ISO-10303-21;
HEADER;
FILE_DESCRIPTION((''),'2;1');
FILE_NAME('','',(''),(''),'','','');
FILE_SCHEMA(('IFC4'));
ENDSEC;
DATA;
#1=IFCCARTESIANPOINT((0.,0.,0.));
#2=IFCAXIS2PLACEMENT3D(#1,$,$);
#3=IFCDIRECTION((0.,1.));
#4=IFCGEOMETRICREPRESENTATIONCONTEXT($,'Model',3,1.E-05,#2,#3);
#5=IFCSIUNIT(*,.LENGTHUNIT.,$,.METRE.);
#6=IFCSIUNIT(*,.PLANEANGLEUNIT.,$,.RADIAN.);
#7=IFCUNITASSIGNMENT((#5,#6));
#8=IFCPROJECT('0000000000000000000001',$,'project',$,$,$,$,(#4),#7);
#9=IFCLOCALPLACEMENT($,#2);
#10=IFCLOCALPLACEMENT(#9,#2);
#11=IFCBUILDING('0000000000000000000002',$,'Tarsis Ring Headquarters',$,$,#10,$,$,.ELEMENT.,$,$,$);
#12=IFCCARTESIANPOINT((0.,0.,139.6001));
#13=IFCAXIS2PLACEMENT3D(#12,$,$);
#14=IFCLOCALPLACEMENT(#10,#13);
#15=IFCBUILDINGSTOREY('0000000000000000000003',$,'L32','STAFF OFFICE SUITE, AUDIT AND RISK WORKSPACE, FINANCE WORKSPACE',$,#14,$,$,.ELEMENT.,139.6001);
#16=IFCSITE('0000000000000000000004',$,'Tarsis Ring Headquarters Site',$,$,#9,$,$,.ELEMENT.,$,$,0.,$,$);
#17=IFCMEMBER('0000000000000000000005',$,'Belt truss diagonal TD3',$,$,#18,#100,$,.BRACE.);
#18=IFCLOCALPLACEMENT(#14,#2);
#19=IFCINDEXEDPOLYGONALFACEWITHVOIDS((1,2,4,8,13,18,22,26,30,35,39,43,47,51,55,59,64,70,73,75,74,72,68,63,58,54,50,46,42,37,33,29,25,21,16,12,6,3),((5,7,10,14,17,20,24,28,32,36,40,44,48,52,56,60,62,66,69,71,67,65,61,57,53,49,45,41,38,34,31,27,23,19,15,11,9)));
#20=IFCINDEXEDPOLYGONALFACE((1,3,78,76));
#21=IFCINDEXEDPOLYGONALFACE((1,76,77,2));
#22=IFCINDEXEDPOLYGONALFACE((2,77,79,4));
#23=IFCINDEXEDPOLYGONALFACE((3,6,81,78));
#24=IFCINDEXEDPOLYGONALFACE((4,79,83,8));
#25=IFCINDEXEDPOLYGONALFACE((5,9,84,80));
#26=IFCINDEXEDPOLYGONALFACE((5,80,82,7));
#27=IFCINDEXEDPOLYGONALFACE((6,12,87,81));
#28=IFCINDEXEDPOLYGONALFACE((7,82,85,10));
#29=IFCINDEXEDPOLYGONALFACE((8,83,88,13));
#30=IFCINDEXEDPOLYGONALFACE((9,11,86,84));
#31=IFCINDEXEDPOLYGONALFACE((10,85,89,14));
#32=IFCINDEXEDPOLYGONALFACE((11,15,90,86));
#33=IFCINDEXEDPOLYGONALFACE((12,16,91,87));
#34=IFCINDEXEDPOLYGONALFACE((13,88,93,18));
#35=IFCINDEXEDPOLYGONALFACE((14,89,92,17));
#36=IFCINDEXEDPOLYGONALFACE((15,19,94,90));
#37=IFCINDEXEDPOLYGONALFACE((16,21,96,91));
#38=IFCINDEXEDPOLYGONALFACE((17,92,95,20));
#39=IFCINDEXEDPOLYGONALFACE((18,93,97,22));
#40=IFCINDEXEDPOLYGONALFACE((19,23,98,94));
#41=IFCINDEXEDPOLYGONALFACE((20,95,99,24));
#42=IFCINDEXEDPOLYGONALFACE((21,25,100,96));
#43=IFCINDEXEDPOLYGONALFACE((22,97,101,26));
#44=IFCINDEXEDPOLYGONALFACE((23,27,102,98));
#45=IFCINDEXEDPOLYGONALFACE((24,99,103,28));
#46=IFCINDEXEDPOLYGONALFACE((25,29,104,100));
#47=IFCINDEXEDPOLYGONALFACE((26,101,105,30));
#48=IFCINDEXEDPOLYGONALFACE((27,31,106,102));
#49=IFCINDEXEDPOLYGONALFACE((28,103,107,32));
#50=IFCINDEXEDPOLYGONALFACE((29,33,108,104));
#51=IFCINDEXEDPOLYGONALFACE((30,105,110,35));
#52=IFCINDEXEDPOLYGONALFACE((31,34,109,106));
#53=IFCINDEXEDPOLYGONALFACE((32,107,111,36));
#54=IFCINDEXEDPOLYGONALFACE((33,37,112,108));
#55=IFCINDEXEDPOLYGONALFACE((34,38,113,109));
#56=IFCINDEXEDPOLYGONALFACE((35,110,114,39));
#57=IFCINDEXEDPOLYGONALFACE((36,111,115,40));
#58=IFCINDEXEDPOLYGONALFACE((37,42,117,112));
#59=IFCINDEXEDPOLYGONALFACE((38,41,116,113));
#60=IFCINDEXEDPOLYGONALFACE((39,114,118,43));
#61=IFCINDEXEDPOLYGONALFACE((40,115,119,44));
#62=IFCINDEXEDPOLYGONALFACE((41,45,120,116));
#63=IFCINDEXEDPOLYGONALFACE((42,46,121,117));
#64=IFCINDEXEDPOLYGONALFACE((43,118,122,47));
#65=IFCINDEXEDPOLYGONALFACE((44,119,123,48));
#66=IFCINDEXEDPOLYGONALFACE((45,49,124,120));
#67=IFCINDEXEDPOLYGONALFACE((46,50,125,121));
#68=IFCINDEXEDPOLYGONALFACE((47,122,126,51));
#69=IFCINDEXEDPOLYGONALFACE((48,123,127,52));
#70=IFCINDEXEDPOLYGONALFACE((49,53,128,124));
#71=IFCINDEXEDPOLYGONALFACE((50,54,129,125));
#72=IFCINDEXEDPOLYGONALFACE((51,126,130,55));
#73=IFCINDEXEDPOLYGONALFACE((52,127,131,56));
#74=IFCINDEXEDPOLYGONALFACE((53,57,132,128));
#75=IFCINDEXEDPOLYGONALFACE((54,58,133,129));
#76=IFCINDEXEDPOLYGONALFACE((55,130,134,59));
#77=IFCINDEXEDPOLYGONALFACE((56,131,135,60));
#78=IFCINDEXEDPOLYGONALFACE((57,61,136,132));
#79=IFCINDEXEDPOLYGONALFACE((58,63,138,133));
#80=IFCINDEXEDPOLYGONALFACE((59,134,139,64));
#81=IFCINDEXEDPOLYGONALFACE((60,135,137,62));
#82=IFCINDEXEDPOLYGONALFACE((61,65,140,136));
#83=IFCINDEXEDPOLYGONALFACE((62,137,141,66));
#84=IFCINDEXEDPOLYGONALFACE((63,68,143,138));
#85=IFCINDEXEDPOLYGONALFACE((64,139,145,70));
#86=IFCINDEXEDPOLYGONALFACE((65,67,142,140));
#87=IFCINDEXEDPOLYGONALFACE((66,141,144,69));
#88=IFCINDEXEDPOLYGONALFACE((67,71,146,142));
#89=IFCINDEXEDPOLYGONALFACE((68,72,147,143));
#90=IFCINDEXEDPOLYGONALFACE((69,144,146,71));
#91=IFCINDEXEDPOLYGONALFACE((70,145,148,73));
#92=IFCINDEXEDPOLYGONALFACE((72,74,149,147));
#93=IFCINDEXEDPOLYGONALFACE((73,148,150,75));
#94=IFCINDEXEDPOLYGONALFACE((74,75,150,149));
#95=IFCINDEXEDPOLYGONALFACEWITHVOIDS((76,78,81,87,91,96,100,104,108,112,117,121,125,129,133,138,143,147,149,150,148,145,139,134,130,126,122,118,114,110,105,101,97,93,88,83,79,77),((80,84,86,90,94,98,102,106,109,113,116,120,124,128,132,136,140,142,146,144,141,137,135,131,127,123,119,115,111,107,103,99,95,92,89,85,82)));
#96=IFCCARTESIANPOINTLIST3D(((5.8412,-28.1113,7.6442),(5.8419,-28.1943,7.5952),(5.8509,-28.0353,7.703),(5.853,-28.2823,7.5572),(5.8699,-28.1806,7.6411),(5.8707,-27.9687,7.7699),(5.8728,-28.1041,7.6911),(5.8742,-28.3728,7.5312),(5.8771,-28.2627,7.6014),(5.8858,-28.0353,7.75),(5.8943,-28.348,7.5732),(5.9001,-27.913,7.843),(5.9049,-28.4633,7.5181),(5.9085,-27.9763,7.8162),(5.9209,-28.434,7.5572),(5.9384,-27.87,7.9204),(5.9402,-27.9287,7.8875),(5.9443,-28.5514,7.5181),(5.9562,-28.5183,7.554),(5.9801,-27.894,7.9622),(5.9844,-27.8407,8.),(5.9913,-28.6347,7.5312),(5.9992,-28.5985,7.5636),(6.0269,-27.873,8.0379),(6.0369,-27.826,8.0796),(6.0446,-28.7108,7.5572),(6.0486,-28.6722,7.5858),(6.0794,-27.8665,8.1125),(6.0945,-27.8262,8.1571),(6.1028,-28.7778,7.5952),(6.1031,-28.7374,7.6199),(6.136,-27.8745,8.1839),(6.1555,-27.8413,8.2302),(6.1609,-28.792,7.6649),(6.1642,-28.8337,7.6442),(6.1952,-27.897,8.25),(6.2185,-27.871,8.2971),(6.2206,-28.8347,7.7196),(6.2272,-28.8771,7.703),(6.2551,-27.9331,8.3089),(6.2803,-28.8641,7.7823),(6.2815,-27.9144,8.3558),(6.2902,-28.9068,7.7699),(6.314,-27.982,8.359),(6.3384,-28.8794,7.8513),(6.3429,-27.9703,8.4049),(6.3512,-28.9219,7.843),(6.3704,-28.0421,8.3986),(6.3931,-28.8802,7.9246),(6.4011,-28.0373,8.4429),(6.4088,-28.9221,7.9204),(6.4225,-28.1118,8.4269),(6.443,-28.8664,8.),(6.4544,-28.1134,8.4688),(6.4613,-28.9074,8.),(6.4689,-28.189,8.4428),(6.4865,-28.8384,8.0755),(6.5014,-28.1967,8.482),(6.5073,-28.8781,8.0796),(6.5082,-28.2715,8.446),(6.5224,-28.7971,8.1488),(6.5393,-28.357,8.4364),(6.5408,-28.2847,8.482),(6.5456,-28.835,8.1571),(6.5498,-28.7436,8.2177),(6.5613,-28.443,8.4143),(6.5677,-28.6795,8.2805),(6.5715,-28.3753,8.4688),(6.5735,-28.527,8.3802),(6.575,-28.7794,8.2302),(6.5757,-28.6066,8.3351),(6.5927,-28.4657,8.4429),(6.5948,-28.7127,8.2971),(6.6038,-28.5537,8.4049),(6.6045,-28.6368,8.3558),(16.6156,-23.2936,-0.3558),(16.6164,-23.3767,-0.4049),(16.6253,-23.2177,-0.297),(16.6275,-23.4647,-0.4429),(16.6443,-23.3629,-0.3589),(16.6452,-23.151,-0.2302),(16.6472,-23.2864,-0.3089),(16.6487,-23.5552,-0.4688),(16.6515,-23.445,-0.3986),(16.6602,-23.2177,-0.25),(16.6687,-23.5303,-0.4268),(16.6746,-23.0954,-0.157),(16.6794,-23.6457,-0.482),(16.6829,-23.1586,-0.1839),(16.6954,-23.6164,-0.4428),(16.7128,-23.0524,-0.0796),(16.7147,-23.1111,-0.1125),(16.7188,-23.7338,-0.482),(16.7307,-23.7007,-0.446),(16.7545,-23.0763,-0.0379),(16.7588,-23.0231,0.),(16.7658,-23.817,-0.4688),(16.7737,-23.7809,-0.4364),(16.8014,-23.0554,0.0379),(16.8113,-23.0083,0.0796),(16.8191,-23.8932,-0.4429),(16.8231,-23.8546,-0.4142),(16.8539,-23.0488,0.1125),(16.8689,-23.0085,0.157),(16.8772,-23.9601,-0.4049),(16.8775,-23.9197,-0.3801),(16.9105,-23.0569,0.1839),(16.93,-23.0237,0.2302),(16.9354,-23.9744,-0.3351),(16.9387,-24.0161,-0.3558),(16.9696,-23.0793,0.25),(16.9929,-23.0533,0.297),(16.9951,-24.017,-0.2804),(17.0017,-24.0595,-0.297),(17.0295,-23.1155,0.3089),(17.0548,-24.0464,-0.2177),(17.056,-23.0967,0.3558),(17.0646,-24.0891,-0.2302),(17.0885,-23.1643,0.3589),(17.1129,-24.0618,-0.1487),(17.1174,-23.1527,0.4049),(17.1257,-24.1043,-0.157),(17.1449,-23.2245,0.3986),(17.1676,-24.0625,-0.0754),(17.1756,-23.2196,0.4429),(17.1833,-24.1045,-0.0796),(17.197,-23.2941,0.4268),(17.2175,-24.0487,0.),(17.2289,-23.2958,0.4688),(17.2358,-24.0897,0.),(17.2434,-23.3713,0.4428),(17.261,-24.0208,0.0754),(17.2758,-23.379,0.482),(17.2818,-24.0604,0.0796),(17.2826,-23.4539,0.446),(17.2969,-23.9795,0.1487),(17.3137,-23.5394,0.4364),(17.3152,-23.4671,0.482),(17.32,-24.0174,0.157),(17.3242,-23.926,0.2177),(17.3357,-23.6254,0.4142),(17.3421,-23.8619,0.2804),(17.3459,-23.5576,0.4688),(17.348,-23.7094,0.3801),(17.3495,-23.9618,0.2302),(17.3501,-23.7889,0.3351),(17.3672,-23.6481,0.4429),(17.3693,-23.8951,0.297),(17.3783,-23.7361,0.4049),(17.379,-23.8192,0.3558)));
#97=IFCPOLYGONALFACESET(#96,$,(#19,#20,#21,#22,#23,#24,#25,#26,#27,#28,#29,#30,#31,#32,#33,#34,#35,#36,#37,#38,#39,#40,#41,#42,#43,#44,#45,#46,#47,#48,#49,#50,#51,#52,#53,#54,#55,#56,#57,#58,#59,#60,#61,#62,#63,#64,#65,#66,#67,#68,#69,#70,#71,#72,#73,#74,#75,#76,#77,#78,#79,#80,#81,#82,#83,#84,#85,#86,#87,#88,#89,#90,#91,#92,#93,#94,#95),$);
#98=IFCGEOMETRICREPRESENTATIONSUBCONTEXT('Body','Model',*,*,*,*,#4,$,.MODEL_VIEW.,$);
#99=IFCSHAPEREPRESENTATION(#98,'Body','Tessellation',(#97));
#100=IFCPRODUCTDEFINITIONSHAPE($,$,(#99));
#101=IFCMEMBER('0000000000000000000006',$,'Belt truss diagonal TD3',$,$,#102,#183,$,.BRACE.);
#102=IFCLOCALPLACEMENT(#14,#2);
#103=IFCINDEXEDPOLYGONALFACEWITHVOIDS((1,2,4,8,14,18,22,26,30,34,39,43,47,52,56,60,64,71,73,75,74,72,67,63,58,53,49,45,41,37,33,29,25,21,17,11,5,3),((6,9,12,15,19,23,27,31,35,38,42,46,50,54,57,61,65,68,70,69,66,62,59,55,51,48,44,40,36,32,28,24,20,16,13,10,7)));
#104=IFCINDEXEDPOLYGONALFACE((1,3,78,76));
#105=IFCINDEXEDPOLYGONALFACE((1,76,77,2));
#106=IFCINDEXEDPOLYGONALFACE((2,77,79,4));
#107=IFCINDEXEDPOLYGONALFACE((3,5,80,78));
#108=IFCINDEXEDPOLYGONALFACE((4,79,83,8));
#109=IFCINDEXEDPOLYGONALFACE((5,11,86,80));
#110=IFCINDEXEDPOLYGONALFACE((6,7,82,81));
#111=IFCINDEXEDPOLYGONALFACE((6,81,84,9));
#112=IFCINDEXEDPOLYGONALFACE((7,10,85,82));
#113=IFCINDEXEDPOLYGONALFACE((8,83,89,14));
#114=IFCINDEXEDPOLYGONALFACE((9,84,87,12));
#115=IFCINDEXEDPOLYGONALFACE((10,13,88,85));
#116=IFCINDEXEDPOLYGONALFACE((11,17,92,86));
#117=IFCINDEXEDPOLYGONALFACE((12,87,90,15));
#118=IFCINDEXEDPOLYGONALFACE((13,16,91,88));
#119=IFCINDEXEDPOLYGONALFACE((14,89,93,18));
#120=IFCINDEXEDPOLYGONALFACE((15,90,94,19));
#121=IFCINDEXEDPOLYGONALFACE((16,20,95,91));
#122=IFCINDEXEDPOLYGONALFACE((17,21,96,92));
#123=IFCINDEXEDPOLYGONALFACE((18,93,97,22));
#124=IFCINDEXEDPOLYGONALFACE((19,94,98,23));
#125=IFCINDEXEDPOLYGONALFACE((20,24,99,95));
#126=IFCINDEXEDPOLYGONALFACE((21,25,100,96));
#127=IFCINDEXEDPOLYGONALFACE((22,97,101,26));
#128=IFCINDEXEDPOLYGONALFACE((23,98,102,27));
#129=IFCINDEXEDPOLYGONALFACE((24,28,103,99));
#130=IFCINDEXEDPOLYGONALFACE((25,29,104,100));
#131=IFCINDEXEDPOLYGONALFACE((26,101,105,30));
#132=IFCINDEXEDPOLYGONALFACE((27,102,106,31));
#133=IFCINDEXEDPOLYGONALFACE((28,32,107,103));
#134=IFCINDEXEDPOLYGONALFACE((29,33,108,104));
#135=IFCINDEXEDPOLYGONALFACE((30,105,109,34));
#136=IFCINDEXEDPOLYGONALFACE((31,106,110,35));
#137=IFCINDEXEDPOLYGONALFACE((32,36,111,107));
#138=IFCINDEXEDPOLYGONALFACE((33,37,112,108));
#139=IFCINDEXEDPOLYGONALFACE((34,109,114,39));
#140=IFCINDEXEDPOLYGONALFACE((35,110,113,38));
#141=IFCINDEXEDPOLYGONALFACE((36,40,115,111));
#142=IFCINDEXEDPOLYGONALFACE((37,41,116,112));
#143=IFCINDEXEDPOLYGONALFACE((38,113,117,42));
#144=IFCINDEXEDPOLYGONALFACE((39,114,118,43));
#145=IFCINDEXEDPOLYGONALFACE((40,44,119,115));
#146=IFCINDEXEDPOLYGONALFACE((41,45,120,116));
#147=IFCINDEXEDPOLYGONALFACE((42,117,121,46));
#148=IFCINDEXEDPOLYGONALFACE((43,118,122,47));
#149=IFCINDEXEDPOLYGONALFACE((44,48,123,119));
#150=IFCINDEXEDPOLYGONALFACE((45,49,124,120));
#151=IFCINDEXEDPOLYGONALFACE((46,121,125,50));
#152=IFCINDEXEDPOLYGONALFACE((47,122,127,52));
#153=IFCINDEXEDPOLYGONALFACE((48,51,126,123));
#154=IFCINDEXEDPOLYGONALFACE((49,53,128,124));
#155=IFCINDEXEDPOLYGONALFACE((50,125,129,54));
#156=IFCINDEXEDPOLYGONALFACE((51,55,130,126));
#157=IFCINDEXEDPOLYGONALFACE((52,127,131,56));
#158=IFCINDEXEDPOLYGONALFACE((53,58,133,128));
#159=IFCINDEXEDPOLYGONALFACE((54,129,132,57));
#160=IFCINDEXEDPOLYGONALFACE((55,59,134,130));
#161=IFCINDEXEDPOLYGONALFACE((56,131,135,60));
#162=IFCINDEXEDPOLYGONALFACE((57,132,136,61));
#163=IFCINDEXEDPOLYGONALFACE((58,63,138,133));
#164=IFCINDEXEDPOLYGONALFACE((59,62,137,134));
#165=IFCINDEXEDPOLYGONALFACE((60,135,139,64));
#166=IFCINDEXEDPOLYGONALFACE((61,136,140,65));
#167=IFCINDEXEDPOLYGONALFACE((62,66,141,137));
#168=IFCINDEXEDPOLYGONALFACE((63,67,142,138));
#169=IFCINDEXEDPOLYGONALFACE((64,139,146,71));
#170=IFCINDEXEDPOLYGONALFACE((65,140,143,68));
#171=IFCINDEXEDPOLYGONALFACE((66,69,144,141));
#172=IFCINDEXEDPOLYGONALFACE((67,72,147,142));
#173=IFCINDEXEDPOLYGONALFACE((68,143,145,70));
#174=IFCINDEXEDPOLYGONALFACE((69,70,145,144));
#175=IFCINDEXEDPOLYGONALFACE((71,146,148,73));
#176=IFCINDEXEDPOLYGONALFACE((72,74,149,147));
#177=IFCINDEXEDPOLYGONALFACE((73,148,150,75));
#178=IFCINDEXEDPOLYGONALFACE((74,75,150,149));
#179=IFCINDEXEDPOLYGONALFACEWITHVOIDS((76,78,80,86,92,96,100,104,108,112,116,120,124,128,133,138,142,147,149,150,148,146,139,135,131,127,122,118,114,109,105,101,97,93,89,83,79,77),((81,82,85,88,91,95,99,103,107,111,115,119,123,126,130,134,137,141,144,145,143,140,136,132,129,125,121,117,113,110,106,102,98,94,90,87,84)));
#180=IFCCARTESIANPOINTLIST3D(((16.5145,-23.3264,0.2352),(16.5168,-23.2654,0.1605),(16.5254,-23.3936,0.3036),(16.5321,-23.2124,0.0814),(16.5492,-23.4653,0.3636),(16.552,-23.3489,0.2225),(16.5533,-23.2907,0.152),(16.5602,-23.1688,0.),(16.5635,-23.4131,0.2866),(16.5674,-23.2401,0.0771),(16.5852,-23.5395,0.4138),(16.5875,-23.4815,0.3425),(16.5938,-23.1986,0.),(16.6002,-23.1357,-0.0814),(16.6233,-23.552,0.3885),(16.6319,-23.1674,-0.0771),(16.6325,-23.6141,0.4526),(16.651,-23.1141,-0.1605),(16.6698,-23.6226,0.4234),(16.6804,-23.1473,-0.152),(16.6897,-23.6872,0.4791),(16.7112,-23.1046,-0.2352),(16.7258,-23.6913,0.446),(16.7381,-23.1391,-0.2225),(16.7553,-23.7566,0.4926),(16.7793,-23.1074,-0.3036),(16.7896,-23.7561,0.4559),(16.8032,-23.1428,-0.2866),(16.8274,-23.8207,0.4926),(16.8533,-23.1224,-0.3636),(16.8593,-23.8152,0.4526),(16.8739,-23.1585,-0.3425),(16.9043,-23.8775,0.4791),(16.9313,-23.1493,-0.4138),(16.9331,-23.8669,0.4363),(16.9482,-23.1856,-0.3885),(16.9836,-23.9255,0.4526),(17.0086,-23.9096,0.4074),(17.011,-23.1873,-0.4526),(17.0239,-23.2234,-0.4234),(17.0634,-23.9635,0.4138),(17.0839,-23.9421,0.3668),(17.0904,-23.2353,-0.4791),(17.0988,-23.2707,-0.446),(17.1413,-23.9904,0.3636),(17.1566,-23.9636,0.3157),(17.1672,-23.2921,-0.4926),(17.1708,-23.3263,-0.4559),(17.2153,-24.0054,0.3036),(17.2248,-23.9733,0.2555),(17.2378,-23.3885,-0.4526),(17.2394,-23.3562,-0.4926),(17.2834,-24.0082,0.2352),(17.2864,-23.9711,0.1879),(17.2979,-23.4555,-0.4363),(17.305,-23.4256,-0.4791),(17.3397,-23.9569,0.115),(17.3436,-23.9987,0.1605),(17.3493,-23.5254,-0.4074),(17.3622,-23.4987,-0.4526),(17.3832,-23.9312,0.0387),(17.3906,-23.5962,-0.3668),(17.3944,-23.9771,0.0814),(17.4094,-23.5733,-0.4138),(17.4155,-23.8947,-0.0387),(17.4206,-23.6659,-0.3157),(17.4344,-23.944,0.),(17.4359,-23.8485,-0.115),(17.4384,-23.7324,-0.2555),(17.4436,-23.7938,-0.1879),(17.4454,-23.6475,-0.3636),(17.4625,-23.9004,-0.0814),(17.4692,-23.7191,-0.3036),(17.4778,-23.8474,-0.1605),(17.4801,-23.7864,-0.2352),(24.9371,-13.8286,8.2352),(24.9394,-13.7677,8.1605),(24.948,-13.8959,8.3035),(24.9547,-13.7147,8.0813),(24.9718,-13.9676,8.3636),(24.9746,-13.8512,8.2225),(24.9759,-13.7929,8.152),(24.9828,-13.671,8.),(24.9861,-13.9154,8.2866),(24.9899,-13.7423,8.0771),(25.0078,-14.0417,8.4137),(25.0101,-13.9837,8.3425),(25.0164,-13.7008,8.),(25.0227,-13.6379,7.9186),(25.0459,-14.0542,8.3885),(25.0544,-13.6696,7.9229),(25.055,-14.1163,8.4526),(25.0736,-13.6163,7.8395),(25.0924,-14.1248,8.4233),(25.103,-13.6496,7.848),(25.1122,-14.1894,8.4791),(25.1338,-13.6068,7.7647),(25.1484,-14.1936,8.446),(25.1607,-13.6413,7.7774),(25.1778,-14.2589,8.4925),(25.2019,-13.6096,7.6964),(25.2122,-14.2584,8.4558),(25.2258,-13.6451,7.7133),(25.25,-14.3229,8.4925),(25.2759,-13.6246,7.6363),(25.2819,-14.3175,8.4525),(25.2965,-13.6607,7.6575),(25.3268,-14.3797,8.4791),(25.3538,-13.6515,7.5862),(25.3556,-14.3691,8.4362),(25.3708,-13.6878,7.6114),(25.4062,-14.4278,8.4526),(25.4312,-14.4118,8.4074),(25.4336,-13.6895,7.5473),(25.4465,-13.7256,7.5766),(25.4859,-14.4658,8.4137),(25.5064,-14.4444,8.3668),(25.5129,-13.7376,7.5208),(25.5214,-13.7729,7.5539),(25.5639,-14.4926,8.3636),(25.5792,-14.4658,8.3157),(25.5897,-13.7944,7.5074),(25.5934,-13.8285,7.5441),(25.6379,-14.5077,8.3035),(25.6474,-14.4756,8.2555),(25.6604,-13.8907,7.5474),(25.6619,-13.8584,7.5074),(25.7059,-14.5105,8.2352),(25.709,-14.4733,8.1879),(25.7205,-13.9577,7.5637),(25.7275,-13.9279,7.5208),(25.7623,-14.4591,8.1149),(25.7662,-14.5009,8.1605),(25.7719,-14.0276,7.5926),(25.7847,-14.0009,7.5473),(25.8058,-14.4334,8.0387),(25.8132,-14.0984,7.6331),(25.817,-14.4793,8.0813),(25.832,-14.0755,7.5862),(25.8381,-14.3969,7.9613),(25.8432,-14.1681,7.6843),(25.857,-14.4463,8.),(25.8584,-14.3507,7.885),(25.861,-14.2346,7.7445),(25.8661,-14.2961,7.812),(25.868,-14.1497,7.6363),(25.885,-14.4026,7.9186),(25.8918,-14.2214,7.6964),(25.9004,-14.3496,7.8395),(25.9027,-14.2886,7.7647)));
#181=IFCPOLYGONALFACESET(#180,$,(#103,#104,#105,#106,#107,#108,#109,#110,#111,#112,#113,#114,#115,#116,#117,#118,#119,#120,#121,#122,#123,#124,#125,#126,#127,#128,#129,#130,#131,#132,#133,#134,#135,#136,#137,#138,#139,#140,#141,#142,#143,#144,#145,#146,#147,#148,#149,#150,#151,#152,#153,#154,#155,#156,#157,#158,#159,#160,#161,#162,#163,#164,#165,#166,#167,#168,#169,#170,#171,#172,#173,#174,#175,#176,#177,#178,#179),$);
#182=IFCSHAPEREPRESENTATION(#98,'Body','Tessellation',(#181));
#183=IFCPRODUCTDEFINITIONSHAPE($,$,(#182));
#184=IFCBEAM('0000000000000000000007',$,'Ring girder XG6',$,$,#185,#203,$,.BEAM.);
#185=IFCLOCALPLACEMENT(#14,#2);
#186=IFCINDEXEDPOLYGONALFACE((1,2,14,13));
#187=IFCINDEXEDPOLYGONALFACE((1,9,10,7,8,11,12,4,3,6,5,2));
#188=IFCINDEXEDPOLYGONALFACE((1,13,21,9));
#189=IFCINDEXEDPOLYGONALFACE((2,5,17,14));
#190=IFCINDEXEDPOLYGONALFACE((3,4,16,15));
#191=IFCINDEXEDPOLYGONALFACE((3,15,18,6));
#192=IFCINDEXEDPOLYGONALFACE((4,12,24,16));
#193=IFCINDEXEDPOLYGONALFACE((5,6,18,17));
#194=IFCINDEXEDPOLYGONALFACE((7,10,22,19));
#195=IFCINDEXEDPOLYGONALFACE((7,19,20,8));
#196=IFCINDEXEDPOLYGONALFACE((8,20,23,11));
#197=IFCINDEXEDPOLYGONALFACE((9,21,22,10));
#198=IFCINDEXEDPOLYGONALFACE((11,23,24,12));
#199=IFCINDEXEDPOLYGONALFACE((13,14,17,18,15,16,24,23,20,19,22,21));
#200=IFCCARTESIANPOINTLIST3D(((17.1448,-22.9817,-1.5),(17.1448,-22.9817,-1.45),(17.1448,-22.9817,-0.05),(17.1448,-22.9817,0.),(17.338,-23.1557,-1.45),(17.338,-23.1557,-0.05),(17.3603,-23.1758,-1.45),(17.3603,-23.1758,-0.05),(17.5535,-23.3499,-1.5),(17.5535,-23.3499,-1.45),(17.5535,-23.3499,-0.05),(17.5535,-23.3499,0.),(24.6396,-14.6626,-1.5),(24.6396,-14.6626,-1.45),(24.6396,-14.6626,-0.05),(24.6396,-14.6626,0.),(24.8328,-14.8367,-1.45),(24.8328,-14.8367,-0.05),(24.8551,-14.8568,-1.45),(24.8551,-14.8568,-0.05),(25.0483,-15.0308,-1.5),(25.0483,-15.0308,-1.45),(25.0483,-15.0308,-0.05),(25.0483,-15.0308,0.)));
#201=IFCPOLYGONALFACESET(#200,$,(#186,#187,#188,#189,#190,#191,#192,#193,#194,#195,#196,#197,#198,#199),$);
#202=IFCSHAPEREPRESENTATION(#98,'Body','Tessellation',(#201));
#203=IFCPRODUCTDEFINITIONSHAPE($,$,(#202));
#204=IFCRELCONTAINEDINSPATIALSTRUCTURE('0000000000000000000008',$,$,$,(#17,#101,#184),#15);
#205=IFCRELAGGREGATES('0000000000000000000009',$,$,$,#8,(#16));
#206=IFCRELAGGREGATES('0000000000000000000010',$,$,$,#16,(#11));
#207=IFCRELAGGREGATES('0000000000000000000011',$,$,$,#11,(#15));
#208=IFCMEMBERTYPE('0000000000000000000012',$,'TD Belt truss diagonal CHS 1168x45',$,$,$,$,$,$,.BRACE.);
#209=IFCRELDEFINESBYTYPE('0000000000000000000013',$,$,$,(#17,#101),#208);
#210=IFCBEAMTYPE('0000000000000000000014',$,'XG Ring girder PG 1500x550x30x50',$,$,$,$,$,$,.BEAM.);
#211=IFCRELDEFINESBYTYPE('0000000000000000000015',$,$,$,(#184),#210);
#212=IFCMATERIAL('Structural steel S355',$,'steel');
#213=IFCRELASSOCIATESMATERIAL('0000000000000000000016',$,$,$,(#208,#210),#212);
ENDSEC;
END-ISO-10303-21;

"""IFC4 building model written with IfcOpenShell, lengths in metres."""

from ifc_helpers import new_model, si_unit, direction, frame, origin, origin_2d, place, context, subcontext, project, spatial, hollow_circle, i_section, extrude, material, material_profile, profile_set, type_object, element, save


model = new_model("IFC4")

# Units and contexts
model_context = context("Model", 3, precision=1e-05, world=origin(), true_north=direction((0.0, 1.0)))
body_context = subcontext(model_context, "Body", "Model", "MODEL_VIEW")
ifc_project = project(units=[si_unit("LENGTHUNIT", "METRE"), si_unit("PLANEANGLEUNIT", "RADIAN")], contexts=[model_context])

# Site, building, storey
site_placement = place(None, origin())
site = spatial("IfcSite", under=ifc_project, at=site_placement, Name="Tarsis Ring Headquarters Site", CompositionType="ELEMENT", RefElevation=0.0)
building_placement = place(site_placement, origin())
building = spatial("IfcBuilding", under=site, at=building_placement, Name="Tarsis Ring Headquarters", CompositionType="ELEMENT")
storey_placement = place(building_placement, frame((0.0, 0.0, 139.6001)))
storey = spatial("IfcBuildingStorey", under=building, at=storey_placement, Name="L32", Description="STAFF OFFICE SUITE, AUDIT AND RISK WORKSPACE, FINANCE WORKSPACE", CompositionType="ELEMENT", Elevation=139.6001)

# Shared definitions
ifc_material_1 = material(Name="Structural steel S355", Category="steel")
ifc_material_profile_1 = material_profile(ifc_material_1, hollow_circle(Radius=0.5842, WallThickness=0.0449, at=origin_2d()), Name="CHS 1168x45")
ifc_profile_set_1 = profile_set([ifc_material_profile_1], Name="Structural steel S355")

# Members
member_type_1 = type_object("IfcMemberType", Name="TD Belt truss diagonal CHS 1168x45", PredefinedType="BRACE", material=ifc_profile_set_1)
member_1_placement = place(storey_placement, frame((16.9973, -23.5564, 0.0), z_axis=(-0.755662, -0.337884, 0.561079), x_axis=(0.408189, -0.912897, 0.0)))
element("IfcMember", 1, at=member_1_placement, inside=storey, type_object=member_type_1, Name="Belt truss diagonal TD3", PredefinedType="BRACE", context=body_context, shape_type="SweptSolid", body=[
    extrude(hollow_circle(Radius=0.5842, WallThickness=0.0449, at=origin_2d()), origin(), (0.0, 0.0, 1.0), 14.2583),
])
member_2_placement = place(storey_placement, frame((16.9973, -23.5564, 0.0), z_axis=(0.561322, 0.632978, 0.533157), x_axis=(-0.748187, 0.663488, 0.0)))
element("IfcMember", 2, at=member_2_placement, inside=storey, type_object=member_type_1, Name="Belt truss diagonal TD3", PredefinedType="BRACE", context=body_context, shape_type="SweptSolid", body=[
    extrude(hollow_circle(Radius=0.5842, WallThickness=0.0449, at=origin_2d()), origin(), (0.0, 0.0, 1.0), 15.0049),
])

# Beam
ifc_material_profile_2 = material_profile(ifc_material_1, i_section(OverallWidth=0.55, OverallDepth=1.5, WebThickness=0.03, FlangeThickness=0.05, at=origin_2d()), Name="PG 1500x550x30x50")
ifc_profile_set_2 = profile_set([ifc_material_profile_2], Name="Structural steel S355")
beam_type = type_object("IfcBeamType", Name="XG Ring girder PG 1500x550x30x50", PredefinedType="BEAM", material=ifc_profile_set_2)
beam_placement = place(storey_placement, frame((17.3491, -23.1658, -0.75), z_axis=(0.669344, 0.742953, 0.0), x_axis=(-0.742953, 0.669344, 0.0)))
element("IfcBeam", 3, at=beam_placement, inside=storey, type_object=beam_type, Name="Ring girder XG6", PredefinedType="BEAM", context=body_context, shape_type="SweptSolid", body=[
    extrude(i_section(OverallWidth=0.55, OverallDepth=1.5, WebThickness=0.03, FlangeThickness=0.05, at=origin_2d()), origin(), (0.0, 0.0, 1.0), 11.1973),
])

save(model, "model.ifc")
